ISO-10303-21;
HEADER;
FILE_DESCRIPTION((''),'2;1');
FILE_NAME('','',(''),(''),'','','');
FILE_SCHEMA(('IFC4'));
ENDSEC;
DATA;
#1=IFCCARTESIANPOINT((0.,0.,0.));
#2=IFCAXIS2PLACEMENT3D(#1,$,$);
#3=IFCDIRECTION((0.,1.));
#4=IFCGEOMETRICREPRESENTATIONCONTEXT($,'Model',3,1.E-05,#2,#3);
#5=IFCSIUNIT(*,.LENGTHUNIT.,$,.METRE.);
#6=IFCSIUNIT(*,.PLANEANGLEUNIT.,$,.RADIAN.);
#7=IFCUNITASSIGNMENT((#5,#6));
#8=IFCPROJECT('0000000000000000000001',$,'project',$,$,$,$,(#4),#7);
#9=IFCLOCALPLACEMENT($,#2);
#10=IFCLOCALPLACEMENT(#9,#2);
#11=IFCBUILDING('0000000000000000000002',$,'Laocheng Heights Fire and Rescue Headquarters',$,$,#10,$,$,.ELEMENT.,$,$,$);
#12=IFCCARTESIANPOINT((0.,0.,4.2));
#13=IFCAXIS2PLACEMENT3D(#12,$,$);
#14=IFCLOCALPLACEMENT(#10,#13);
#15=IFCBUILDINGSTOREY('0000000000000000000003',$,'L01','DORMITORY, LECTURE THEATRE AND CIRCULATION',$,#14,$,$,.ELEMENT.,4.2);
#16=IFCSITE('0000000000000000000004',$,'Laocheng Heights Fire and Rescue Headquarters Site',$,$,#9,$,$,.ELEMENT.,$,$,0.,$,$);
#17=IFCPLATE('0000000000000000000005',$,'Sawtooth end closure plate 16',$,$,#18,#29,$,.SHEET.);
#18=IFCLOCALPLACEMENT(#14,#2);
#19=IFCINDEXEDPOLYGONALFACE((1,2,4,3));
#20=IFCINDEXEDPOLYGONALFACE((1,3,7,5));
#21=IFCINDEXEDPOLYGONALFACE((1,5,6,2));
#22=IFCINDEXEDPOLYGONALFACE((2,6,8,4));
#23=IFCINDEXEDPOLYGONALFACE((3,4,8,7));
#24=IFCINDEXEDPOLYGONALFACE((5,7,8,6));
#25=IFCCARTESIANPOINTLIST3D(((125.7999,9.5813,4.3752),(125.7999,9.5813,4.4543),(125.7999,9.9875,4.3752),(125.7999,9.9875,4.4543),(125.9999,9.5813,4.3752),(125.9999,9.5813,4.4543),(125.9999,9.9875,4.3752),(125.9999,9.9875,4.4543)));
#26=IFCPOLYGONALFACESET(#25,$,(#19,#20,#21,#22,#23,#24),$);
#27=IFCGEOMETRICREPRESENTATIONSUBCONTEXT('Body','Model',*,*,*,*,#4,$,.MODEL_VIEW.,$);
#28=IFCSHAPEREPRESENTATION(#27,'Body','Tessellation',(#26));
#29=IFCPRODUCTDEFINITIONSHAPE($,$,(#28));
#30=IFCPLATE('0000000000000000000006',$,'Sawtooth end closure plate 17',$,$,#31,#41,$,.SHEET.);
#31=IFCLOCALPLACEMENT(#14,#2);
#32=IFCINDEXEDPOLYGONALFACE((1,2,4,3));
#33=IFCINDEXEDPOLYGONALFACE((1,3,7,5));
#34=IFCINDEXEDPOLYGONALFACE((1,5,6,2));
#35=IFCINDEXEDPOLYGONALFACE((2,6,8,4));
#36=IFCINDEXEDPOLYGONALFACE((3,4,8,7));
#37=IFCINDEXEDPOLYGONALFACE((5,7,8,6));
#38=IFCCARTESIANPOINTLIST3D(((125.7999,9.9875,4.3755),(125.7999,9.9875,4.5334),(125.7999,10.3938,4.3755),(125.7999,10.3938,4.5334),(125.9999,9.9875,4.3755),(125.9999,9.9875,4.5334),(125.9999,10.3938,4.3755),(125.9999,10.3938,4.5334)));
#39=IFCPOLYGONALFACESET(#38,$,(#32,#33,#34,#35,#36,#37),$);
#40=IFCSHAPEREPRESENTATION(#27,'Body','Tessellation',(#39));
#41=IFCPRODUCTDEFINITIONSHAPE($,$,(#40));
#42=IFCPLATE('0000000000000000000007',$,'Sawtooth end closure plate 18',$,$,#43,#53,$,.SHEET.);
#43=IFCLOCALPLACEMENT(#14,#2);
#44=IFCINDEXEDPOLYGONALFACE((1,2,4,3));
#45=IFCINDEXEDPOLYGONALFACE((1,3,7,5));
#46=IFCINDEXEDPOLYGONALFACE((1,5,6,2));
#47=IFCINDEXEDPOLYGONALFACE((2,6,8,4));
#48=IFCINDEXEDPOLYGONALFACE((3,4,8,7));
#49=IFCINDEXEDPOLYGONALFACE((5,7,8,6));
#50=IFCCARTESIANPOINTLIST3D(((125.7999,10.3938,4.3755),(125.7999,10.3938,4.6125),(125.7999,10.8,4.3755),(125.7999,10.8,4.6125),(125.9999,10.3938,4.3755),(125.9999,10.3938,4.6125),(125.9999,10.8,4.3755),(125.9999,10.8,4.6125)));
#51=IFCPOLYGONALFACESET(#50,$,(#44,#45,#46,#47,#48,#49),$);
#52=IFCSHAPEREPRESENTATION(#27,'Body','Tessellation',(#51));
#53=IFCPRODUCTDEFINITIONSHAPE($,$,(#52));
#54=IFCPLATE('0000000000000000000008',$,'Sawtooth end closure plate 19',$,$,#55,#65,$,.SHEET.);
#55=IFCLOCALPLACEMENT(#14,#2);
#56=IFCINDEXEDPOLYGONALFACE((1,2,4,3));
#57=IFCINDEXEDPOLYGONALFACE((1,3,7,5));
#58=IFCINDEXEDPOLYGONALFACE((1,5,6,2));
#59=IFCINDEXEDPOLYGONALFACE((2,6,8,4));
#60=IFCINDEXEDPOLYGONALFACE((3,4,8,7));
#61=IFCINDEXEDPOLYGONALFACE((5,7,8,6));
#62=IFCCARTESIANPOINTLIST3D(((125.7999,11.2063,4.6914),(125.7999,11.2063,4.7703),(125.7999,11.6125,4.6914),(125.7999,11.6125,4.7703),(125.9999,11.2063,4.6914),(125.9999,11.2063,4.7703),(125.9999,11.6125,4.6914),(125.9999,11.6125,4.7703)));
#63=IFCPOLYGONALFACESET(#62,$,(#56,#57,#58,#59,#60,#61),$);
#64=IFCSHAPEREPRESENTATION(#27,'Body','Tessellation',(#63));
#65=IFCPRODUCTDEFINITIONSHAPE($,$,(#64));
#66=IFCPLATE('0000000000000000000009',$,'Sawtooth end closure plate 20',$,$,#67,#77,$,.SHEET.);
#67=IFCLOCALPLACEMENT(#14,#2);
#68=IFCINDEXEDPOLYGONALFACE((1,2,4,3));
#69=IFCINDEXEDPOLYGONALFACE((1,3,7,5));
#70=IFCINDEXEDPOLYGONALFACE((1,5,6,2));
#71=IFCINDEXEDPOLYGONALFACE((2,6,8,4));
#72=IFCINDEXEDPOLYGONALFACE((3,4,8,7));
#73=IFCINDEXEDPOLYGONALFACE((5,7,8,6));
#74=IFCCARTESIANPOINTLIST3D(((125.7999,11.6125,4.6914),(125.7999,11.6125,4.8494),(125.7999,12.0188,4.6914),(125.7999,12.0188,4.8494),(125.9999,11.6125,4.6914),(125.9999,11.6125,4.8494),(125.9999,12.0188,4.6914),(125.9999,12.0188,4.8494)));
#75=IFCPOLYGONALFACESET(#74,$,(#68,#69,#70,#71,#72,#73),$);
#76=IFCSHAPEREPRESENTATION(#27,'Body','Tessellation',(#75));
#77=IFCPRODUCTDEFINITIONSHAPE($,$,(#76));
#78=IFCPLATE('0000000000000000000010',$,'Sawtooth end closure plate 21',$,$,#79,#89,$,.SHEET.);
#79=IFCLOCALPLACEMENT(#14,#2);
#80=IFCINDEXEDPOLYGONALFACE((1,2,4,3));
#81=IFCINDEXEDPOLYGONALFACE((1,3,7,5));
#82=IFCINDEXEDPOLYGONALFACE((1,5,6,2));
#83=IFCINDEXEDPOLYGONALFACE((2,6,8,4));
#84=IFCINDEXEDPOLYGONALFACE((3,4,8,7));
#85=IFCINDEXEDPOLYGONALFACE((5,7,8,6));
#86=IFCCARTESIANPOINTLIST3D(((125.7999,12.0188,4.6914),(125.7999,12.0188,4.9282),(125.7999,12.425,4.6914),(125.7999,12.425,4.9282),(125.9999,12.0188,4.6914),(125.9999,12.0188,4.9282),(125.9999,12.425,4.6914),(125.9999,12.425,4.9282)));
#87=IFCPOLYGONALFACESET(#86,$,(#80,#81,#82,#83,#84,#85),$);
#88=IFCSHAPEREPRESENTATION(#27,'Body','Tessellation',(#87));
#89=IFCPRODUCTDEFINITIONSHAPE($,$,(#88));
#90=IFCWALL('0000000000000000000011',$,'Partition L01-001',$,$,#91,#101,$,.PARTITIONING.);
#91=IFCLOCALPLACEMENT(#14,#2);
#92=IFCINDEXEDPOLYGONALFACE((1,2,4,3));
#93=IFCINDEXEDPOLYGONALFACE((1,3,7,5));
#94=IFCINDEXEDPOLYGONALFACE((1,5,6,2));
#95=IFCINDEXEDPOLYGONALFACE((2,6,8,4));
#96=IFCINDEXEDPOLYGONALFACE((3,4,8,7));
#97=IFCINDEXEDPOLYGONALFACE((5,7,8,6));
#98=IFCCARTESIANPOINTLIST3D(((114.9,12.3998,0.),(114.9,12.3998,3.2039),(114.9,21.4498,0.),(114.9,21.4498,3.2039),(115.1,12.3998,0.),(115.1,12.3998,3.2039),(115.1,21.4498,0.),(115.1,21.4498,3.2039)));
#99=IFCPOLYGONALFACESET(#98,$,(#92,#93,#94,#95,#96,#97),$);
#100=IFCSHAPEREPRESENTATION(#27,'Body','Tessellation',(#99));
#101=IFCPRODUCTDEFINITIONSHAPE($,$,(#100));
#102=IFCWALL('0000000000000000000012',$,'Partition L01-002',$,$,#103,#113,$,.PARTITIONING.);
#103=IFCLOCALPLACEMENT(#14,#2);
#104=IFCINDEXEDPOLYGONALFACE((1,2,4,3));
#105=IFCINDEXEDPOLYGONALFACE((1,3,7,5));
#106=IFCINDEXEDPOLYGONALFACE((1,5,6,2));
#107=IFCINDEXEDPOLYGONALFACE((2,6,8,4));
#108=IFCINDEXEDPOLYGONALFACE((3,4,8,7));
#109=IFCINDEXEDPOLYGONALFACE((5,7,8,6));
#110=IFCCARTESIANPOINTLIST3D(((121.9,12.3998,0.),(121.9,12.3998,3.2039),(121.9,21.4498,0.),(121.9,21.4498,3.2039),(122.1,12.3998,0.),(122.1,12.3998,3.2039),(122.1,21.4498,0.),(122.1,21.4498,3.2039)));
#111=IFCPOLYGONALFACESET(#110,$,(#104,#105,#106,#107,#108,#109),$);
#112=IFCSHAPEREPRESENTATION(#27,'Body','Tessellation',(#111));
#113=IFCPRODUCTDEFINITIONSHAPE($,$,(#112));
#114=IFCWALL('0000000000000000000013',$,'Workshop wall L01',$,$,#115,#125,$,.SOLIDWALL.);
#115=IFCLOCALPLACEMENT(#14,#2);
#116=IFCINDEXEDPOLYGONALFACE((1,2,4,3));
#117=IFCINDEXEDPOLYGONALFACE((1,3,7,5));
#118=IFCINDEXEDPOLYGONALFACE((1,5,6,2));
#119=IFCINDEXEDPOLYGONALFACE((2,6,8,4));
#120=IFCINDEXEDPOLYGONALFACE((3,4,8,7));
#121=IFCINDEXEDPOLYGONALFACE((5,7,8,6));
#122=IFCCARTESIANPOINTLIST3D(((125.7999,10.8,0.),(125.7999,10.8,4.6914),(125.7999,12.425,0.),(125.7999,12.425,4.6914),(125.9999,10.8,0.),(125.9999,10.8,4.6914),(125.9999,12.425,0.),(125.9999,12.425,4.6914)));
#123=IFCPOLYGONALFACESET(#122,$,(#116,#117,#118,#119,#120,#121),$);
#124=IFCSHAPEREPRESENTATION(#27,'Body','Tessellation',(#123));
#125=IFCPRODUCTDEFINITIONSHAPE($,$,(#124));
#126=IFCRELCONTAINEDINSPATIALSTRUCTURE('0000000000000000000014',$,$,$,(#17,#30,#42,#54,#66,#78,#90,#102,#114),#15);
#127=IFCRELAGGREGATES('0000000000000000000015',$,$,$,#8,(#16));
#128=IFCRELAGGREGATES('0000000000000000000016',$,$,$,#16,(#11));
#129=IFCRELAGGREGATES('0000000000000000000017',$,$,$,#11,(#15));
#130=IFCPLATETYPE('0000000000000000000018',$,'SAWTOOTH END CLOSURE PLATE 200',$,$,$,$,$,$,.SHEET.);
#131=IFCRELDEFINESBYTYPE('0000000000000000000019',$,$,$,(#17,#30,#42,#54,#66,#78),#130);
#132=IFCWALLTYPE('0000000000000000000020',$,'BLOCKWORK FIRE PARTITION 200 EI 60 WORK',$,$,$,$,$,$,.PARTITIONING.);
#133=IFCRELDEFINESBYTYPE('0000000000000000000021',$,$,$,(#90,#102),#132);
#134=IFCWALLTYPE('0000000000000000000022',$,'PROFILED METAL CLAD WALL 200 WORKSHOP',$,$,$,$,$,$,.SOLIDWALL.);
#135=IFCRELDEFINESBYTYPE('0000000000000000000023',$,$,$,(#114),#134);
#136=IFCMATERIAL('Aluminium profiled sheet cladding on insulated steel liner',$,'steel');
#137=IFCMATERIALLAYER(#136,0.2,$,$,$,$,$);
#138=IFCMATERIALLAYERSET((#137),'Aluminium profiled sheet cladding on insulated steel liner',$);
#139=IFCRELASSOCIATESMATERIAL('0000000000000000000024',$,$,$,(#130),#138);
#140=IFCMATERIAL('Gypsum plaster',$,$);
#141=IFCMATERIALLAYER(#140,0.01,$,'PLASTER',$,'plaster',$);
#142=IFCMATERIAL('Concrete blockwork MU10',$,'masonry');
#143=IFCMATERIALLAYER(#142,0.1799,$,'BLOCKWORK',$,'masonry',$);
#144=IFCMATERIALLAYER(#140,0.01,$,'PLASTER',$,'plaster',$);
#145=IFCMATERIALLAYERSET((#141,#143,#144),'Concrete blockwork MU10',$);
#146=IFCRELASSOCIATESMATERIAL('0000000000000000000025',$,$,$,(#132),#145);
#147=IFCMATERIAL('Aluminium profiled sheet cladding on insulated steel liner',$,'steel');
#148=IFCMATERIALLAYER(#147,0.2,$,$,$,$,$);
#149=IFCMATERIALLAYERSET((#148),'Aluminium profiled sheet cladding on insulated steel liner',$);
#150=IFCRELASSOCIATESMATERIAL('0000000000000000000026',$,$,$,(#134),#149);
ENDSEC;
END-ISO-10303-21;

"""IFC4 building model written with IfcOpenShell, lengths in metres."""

from ifc_helpers import new_model, si_unit, direction, frame, frame_2d, origin, origin_2d, place, context, subcontext, project, spatial, rectangle, extrude, material, layer, layer_set, type_object, element, save


model = new_model("IFC4")

# Units and contexts
model_context = context("Model", 3, precision=1e-05, world=origin(), true_north=direction((0.0, 1.0)))
body_context = subcontext(model_context, "Body", "Model", "MODEL_VIEW")
ifc_project = project(units=[si_unit("LENGTHUNIT", "METRE"), si_unit("PLANEANGLEUNIT", "RADIAN")], contexts=[model_context])

# Site, building, storey
site_placement = place(None, origin())
site = spatial("IfcSite", under=ifc_project, at=site_placement, Name="Laocheng Heights Fire and Rescue Headquarters Site", CompositionType="ELEMENT", RefElevation=0.0)
building_placement = place(site_placement, origin())
building = spatial("IfcBuilding", under=site, at=building_placement, Name="Laocheng Heights Fire and Rescue Headquarters", CompositionType="ELEMENT")
storey_placement = place(building_placement, frame((0.0, 0.0, 4.2)))
storey = spatial("IfcBuildingStorey", under=building, at=storey_placement, Name="L01", Description="DORMITORY, LECTURE THEATRE AND CIRCULATION", CompositionType="ELEMENT", Elevation=4.2)

# Plates
ifc_material_1 = material(Name="Aluminium profiled sheet cladding on insulated steel liner", Category="steel")
ifc_layer_1 = layer(ifc_material_1, 0.2)
ifc_layer_set_1 = layer_set([ifc_layer_1], Name="Aluminium profiled sheet cladding on insulated steel liner")
plate_type = type_object("IfcPlateType", Name="SAWTOOTH END CLOSURE PLATE 200", PredefinedType="SHEET", material=ifc_layer_set_1)
plate_1_placement = place(storey_placement, frame((125.8999, 9.7844, 4.3752), z_axis=(0.0, 0.0, 1.0), x_axis=(1.0, 0.0, 0.0)))
element("IfcPlate", 1, at=plate_1_placement, inside=storey, type_object=plate_type, Name="Sawtooth end closure plate 16", PredefinedType="SHEET", context=body_context, shape_type="SweptSolid", body=[
    extrude(rectangle(XDim=0.2, YDim=0.4062, at=origin_2d()), origin(), (0.0, 0.0, 1.0), 0.0791),
])
plate_2_placement = place(storey_placement, frame((125.8999, 10.1907, 4.3755), z_axis=(0.0, 0.0, 1.0), x_axis=(1.0, 0.0, 0.0)))
element("IfcPlate", 2, at=plate_2_placement, inside=storey, type_object=plate_type, Name="Sawtooth end closure plate 17", PredefinedType="SHEET", context=body_context, shape_type="SweptSolid", body=[
    extrude(rectangle(XDim=0.2, YDim=0.4062, at=origin_2d()), origin(), (0.0, 0.0, 1.0), 0.158),
])
plate_3_placement = place(storey_placement, frame((125.8999, 10.5969, 4.3755), z_axis=(0.0, 0.0, 1.0), x_axis=(1.0, 0.0, 0.0)))
element("IfcPlate", 3, at=plate_3_placement, inside=storey, type_object=plate_type, Name="Sawtooth end closure plate 18", PredefinedType="SHEET", context=body_context, shape_type="SweptSolid", body=[
    extrude(rectangle(XDim=0.2, YDim=0.4062, at=origin_2d()), origin(), (0.0, 0.0, 1.0), 0.2371),
])
plate_4_placement = place(storey_placement, frame((125.8999, 11.4094, 4.6914), z_axis=(0.0, 0.0, 1.0), x_axis=(1.0, 0.0, 0.0)))
element("IfcPlate", 4, at=plate_4_placement, inside=storey, type_object=plate_type, Name="Sawtooth end closure plate 19", PredefinedType="SHEET", context=body_context, shape_type="SweptSolid", body=[
    extrude(rectangle(XDim=0.2, YDim=0.4062, at=origin_2d()), origin(), (0.0, 0.0, 1.0), 0.0789),
])
plate_5_placement = place(storey_placement, frame((125.8999, 11.8157, 4.6914), z_axis=(0.0, 0.0, 1.0), x_axis=(1.0, 0.0, 0.0)))
element("IfcPlate", 5, at=plate_5_placement, inside=storey, type_object=plate_type, Name="Sawtooth end closure plate 20", PredefinedType="SHEET", context=body_context, shape_type="SweptSolid", body=[
    extrude(rectangle(XDim=0.2, YDim=0.4062, at=origin_2d()), origin(), (0.0, 0.0, 1.0), 0.158),
])
plate_6_placement = place(storey_placement, frame((125.8999, 12.2219, 4.6914), z_axis=(0.0, 0.0, 1.0), x_axis=(1.0, 0.0, 0.0)))
element("IfcPlate", 6, at=plate_6_placement, inside=storey, type_object=plate_type, Name="Sawtooth end closure plate 21", PredefinedType="SHEET", context=body_context, shape_type="SweptSolid", body=[
    extrude(rectangle(XDim=0.2, YDim=0.4062, at=origin_2d()), origin(), (0.0, 0.0, 1.0), 0.2368),
])

# Walls
ifc_material_2 = material(Name="Gypsum plaster")
ifc_layer_2 = layer(ifc_material_2, 0.01, Name="PLASTER", Category="plaster")
ifc_material_3 = material(Name="Concrete blockwork MU10", Category="masonry")
ifc_layer_3 = layer(ifc_material_3, 0.1799, Name="BLOCKWORK", Category="masonry")
ifc_layer_4 = layer(ifc_material_2, 0.01, Name="PLASTER", Category="plaster")
ifc_layer_set_2 = layer_set([ifc_layer_2, ifc_layer_3, ifc_layer_4], Name="Concrete blockwork MU10")
wall_type_1 = type_object("IfcWallType", Name="BLOCKWORK FIRE PARTITION 200 EI 60 WORK", PredefinedType="PARTITIONING", material=ifc_layer_set_2)
for number, where, z_axis, x_axis, name in (
    (7, (115.0, 12.3999, 0.0), (0.0, 0.0, 1.0), (0.0, 1.0, 0.0), "Partition L01-001"),
    (8, (122.0, 12.3999, 0.0), (0.0, 0.0, 1.0), (0.0, 1.0, 0.0), "Partition L01-002"),
):
    element("IfcWall", number, at=place(storey_placement, frame(where, z_axis=z_axis, x_axis=x_axis)), inside=storey, type_object=wall_type_1, Name=name, PredefinedType="PARTITIONING", context=body_context, shape_type="SweptSolid", body=[
        extrude(rectangle(XDim=9.05, YDim=0.2, at=frame_2d((4.5249, 0.0))), origin(), (0.0, 0.0, 1.0), 3.2039),
    ])
ifc_material_4 = material(Name="Aluminium profiled sheet cladding on insulated steel liner", Category="steel")
ifc_layer_5 = layer(ifc_material_4, 0.2)
ifc_layer_set_3 = layer_set([ifc_layer_5], Name="Aluminium profiled sheet cladding on insulated steel liner")
wall_type_2 = type_object("IfcWallType", Name="PROFILED METAL CLAD WALL 200 WORKSHOP", PredefinedType="SOLIDWALL", material=ifc_layer_set_3)
wall_placement = place(storey_placement, frame((125.8999, 10.8, 0.0), z_axis=(0.0, 0.0, 1.0), x_axis=(0.0, 1.0, 0.0)))
element("IfcWall", 9, at=wall_placement, inside=storey, type_object=wall_type_2, Name="Workshop wall L01", PredefinedType="SOLIDWALL", context=body_context, shape_type="SweptSolid", body=[
    extrude(rectangle(XDim=1.625, YDim=0.2, at=frame_2d((0.8125, 0.0))), origin(), (0.0, 0.0, 1.0), 4.6914),
])

save(model, "model.ifc")
